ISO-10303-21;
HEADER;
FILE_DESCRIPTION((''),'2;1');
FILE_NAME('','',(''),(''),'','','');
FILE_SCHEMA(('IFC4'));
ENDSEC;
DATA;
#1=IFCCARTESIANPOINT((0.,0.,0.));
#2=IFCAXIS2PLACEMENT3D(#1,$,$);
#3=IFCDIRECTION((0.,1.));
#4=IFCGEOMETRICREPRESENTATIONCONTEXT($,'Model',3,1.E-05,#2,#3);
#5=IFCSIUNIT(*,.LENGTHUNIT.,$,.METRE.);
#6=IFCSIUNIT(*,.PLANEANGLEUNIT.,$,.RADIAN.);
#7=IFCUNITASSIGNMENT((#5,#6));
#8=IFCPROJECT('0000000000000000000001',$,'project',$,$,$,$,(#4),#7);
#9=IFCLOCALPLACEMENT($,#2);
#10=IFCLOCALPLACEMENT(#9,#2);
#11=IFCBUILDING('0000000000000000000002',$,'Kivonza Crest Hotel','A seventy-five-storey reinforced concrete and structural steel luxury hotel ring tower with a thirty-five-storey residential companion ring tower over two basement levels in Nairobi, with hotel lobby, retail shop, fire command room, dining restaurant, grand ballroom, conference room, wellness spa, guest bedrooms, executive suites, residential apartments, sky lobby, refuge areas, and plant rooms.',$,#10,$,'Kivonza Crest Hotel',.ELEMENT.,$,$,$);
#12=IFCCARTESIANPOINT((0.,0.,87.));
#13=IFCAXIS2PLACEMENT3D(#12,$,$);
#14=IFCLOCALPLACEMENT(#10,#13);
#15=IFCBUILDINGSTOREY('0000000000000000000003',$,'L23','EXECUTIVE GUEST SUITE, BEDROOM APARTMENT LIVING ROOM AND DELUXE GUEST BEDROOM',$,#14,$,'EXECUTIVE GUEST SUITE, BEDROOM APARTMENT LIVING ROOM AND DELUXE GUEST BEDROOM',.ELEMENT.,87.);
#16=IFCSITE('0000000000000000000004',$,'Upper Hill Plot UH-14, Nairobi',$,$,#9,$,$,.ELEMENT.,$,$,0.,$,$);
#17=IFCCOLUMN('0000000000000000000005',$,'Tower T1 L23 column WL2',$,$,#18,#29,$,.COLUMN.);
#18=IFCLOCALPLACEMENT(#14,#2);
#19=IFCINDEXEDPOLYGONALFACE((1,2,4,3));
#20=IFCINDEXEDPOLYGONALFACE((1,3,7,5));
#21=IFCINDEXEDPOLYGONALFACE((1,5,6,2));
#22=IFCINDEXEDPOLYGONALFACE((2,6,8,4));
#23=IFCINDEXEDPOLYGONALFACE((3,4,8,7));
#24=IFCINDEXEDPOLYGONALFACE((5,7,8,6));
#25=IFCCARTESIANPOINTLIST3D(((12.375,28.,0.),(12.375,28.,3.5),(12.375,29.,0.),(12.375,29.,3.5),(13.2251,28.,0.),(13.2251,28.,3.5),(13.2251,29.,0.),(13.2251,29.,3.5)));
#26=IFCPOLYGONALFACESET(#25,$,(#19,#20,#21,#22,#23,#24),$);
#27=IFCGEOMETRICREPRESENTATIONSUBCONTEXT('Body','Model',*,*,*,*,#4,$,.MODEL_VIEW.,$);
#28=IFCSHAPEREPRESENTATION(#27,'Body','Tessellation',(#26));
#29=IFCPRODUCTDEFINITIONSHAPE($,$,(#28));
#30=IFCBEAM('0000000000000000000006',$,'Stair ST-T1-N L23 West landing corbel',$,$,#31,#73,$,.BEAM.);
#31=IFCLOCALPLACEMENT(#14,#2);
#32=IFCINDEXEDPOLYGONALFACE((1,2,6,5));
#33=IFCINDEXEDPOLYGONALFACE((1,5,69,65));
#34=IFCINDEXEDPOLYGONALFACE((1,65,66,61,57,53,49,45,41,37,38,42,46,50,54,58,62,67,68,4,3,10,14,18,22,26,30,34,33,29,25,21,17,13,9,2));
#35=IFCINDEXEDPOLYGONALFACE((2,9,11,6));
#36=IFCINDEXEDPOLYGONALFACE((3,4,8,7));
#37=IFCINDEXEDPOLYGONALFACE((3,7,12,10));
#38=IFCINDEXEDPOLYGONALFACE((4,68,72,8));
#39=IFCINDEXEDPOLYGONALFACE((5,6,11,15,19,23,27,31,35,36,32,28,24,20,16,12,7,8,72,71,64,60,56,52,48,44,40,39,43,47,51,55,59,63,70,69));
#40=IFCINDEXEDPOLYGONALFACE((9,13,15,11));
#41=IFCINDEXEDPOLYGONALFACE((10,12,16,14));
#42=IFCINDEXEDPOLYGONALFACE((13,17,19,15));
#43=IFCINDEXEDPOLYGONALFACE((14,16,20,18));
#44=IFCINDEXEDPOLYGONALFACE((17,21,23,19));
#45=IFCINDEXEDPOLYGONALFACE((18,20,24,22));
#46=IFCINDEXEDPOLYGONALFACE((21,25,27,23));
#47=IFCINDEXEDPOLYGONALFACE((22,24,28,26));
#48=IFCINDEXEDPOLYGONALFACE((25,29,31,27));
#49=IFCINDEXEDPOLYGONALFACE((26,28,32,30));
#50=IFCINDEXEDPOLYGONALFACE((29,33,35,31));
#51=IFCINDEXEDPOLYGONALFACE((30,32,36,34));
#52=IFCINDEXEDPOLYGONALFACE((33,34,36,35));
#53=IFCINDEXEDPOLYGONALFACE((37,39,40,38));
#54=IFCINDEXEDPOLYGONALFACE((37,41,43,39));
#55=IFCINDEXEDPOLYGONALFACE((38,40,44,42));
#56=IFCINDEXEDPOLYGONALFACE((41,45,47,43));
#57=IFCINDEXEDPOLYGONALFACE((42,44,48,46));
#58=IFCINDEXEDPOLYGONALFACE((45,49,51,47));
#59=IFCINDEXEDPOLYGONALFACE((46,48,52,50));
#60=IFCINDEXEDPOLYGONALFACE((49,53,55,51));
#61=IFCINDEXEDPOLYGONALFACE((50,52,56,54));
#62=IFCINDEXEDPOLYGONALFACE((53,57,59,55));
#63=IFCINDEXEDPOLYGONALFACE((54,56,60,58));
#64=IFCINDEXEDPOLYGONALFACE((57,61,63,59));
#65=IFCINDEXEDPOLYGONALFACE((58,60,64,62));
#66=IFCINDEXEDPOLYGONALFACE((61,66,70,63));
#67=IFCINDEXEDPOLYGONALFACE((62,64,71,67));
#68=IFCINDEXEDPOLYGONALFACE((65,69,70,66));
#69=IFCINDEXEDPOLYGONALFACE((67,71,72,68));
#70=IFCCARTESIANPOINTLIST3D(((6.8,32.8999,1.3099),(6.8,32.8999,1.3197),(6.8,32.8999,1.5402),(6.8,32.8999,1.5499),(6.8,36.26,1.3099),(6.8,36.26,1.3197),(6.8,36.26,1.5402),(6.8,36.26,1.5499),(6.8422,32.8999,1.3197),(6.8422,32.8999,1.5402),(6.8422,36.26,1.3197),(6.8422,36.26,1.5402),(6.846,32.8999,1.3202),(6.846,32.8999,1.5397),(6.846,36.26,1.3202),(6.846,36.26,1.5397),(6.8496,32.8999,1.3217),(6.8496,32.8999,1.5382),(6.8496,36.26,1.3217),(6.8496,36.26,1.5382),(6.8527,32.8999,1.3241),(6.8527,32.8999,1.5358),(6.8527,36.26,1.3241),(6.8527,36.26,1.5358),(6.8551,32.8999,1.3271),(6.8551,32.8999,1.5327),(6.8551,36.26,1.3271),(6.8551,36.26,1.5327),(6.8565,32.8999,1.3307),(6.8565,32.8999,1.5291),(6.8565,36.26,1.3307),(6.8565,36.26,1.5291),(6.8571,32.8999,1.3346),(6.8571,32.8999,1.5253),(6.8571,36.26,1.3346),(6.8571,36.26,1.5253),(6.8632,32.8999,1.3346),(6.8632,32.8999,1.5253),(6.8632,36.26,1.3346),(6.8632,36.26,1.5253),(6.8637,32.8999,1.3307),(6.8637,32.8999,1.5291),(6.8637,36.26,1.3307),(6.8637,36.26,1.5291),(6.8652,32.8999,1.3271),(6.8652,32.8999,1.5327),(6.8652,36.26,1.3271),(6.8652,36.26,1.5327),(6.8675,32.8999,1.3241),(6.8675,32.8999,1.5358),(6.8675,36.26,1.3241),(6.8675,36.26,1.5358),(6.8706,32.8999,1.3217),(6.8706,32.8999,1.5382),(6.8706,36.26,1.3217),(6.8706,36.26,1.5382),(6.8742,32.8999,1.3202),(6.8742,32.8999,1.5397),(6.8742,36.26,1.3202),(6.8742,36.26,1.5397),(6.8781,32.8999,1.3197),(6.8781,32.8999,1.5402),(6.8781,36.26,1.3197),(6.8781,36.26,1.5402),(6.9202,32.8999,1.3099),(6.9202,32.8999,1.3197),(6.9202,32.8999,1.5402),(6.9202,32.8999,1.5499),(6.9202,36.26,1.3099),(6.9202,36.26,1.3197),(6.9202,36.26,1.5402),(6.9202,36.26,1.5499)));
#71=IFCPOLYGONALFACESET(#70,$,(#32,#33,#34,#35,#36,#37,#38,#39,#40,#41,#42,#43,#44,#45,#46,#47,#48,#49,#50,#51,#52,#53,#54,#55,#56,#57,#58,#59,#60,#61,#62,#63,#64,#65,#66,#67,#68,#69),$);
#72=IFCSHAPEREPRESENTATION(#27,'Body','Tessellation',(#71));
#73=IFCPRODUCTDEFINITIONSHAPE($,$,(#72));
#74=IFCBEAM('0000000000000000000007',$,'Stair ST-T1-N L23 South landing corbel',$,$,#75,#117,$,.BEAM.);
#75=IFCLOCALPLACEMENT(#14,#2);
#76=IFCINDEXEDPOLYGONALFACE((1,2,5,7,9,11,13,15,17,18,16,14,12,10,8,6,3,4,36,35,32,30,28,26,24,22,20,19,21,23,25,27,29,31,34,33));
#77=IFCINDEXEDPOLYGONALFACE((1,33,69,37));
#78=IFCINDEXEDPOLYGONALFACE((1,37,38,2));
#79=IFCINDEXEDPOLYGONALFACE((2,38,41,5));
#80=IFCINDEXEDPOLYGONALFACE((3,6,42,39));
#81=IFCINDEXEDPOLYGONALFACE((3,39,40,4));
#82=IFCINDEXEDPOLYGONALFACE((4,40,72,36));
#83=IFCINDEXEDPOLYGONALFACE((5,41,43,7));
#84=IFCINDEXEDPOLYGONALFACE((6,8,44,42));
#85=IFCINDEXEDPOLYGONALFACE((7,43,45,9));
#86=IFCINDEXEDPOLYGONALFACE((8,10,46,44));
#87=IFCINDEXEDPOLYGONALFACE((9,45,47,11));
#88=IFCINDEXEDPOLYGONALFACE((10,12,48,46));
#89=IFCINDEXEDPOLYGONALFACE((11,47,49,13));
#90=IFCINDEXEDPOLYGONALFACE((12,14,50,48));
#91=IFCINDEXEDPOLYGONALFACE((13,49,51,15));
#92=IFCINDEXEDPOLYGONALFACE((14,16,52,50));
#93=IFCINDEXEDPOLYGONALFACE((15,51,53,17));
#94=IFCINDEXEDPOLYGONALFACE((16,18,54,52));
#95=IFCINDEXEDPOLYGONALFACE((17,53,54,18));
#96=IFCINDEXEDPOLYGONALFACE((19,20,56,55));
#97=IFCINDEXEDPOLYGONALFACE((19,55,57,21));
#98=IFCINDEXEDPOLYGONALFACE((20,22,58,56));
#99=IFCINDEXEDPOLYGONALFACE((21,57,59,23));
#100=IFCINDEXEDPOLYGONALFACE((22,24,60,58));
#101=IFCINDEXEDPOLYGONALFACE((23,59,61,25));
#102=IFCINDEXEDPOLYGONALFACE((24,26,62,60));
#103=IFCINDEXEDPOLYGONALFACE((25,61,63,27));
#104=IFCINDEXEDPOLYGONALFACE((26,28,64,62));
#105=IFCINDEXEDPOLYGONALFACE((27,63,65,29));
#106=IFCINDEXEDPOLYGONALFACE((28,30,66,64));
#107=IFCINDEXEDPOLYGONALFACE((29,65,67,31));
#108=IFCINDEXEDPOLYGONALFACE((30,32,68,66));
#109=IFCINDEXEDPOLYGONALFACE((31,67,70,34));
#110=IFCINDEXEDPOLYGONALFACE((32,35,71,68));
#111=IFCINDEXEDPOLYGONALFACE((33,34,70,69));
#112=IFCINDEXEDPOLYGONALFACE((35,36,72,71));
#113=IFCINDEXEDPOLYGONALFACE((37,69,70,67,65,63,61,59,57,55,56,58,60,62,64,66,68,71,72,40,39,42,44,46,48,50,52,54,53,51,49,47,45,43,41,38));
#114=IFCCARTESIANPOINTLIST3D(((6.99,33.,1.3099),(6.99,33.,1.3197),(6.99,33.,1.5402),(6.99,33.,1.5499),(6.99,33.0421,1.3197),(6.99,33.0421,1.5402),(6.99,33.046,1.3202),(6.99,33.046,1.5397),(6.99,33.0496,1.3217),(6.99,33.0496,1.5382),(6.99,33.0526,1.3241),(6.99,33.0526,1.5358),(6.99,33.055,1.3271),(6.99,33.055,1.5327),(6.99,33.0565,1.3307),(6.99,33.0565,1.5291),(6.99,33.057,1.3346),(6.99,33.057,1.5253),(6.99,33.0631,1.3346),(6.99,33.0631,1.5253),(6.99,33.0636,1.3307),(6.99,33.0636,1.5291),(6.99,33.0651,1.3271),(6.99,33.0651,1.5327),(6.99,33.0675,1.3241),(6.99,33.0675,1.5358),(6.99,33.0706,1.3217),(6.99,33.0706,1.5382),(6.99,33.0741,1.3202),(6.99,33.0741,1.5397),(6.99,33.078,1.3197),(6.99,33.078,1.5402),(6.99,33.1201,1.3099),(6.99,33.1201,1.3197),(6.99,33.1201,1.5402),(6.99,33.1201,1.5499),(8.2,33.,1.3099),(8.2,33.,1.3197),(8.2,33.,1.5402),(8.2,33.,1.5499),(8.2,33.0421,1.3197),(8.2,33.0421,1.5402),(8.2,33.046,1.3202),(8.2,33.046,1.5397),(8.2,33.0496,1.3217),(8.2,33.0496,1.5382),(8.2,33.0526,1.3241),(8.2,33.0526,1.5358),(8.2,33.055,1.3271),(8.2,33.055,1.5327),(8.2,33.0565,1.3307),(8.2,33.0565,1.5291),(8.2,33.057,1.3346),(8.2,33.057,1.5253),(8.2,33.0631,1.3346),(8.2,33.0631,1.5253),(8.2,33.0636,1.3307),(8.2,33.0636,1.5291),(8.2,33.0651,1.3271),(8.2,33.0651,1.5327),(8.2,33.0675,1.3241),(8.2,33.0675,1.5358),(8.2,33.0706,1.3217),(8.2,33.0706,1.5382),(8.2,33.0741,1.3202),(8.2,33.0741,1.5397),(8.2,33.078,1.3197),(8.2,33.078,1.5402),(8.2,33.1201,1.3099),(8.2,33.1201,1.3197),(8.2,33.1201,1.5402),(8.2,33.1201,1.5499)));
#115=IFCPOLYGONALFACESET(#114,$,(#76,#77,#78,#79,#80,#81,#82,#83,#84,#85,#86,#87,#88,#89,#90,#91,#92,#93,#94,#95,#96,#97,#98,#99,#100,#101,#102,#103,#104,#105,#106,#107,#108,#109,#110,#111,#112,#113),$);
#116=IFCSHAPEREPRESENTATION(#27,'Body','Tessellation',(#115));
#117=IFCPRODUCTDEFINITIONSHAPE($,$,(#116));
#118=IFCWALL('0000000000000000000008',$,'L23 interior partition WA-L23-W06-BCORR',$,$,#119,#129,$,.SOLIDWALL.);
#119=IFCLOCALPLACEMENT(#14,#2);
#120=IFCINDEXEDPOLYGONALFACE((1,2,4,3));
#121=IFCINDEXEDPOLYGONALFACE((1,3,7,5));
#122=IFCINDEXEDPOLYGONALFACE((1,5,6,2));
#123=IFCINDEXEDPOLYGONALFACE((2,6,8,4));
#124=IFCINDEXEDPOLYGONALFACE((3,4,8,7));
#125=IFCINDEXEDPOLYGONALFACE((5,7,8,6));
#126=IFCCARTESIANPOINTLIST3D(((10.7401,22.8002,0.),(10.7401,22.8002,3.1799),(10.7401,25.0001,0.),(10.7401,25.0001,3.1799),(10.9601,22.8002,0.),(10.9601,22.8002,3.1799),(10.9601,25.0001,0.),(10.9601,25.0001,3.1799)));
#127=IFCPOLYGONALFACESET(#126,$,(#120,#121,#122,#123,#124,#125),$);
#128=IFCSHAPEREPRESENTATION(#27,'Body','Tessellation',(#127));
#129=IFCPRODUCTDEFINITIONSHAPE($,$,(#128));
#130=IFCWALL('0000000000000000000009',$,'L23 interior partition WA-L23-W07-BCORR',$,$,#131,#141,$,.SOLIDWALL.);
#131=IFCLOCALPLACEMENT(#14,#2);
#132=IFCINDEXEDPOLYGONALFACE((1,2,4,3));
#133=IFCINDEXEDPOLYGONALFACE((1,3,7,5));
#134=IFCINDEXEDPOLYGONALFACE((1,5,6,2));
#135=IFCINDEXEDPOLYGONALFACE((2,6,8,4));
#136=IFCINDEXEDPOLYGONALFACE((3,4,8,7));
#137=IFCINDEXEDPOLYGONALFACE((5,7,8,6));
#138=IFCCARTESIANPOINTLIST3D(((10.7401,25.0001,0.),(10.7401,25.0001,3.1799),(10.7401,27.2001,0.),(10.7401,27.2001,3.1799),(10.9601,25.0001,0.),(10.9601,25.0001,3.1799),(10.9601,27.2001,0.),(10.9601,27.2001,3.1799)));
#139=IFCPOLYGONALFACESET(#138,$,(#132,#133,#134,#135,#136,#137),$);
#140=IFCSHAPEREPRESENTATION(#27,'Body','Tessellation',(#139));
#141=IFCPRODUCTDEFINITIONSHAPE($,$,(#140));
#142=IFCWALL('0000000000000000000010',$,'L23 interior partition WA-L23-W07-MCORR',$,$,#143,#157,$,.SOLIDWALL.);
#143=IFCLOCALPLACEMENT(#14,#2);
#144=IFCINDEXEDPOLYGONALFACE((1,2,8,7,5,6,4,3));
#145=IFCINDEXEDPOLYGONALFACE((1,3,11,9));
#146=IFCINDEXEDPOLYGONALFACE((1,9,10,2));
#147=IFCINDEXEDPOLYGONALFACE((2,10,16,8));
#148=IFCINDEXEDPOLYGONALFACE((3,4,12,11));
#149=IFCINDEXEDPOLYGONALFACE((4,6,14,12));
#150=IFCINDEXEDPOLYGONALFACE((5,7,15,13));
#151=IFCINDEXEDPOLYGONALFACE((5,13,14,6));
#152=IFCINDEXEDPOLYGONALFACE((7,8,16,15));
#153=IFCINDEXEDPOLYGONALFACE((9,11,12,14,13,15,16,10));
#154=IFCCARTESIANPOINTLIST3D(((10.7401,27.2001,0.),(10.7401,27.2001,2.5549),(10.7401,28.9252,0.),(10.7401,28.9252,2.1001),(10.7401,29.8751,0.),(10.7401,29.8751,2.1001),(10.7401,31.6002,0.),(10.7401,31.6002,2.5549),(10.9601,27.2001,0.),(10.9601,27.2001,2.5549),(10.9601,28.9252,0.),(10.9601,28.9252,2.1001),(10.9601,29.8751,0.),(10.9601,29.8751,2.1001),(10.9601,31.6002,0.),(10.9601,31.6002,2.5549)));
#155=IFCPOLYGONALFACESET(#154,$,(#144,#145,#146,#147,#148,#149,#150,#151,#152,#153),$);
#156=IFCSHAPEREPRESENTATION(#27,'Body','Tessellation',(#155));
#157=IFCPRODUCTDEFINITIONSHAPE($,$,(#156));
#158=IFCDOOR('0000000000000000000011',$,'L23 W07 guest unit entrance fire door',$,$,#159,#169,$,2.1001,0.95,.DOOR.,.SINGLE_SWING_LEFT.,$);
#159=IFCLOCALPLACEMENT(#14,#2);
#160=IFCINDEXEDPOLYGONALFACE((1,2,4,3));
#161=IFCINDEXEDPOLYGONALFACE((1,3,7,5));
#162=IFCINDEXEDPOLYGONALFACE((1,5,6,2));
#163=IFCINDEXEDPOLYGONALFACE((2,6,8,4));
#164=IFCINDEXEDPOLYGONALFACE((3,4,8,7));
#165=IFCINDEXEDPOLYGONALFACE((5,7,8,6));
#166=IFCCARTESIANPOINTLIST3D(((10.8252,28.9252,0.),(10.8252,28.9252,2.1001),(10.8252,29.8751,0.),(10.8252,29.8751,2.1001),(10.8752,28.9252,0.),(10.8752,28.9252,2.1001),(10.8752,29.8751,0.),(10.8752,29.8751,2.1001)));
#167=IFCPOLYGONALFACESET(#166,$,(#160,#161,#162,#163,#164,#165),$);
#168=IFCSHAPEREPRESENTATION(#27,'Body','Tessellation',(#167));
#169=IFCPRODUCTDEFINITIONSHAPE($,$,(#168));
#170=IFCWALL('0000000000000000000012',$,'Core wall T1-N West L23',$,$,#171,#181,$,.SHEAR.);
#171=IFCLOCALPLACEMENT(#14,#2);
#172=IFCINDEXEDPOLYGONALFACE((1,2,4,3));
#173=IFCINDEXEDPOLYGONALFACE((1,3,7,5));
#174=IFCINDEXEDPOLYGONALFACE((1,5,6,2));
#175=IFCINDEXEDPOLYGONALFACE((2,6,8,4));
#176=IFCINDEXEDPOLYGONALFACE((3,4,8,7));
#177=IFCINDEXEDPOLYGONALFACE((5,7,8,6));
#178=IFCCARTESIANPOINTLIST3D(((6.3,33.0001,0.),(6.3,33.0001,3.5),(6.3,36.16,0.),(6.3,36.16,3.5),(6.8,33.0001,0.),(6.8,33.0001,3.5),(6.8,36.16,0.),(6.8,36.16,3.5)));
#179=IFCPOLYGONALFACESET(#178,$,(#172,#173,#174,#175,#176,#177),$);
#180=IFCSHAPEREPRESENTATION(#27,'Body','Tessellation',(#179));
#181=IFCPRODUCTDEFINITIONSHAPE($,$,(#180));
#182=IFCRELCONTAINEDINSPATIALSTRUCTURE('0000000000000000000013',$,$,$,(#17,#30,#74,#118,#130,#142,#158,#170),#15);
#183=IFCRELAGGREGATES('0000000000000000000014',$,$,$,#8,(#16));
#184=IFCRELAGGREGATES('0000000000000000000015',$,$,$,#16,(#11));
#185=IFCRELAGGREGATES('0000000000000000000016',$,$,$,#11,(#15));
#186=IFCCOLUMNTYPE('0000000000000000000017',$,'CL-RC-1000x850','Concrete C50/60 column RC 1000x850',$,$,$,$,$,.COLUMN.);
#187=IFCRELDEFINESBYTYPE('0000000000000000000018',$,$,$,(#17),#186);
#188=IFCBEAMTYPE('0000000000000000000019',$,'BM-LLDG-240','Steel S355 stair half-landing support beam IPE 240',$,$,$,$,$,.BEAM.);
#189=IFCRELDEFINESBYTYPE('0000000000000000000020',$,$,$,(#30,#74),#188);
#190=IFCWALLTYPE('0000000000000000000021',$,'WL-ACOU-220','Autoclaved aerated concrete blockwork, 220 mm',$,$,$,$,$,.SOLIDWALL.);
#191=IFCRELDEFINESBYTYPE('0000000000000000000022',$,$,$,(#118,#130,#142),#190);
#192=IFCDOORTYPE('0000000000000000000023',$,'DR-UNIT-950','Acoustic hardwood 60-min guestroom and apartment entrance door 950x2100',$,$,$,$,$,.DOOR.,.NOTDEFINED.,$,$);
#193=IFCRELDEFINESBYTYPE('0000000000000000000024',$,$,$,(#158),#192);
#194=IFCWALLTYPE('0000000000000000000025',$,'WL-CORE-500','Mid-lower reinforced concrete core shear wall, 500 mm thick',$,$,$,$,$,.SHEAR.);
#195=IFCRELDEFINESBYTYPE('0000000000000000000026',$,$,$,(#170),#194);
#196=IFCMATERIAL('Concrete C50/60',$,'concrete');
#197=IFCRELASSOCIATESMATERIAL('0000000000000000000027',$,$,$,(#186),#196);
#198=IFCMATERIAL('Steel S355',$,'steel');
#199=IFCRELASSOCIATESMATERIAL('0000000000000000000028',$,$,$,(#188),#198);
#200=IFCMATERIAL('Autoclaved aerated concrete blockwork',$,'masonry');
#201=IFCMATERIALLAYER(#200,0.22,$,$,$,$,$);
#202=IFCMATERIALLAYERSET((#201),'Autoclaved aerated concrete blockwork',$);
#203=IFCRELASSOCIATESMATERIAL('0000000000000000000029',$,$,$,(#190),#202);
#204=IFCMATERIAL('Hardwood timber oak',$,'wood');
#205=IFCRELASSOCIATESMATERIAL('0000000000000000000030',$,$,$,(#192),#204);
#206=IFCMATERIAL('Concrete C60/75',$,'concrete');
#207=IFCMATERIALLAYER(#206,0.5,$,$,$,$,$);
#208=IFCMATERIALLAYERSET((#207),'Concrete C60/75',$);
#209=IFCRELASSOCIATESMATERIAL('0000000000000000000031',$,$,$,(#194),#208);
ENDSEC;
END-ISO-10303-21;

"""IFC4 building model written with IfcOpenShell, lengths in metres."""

from ifc_helpers import new_model, si_unit, direction, frame, frame_2d, origin, origin_2d, place, context, subcontext, project, spatial, rectangle, i_section, extrude, material, layer, layer_set, material_profile, profile_set, type_object, element, fill, save


model = new_model("IFC4")

# Units and contexts
model_context = context("Model", 3, precision=1e-05, world=origin(), true_north=direction((0.0, 1.0)))
body_context = subcontext(model_context, "Body", "Model", "MODEL_VIEW")
ifc_project = project(units=[si_unit("LENGTHUNIT", "METRE"), si_unit("PLANEANGLEUNIT", "RADIAN")], contexts=[model_context])

# Site, building, storey
site_placement = place(None, origin())
site = spatial("IfcSite", under=ifc_project, at=site_placement, Name="Upper Hill Plot UH-14, Nairobi", CompositionType="ELEMENT", RefElevation=0.0)
building_placement = place(site_placement, origin())
building = spatial("IfcBuilding", under=site, at=building_placement, Name="Kivonza Crest Hotel", Description="A seventy-five-storey reinforced concrete and structural steel luxury hotel ring tower with a thirty-five-storey residential companion ring tower over two basement levels in Nairobi, with hotel lobby, retail shop, fire command room, dining restaurant, grand ballroom, conference room, wellness spa, guest bedrooms, executive suites, residential apartments, sky lobby, refuge areas, and plant rooms.", LongName="Kivonza Crest Hotel", CompositionType="ELEMENT")
storey_placement = place(building_placement, frame((0.0, 0.0, 87.0)))
storey = spatial("IfcBuildingStorey", under=building, at=storey_placement, Name="L23", Description="EXECUTIVE GUEST SUITE, BEDROOM APARTMENT LIVING ROOM AND DELUXE GUEST BEDROOM", LongName="EXECUTIVE GUEST SUITE, BEDROOM APARTMENT LIVING ROOM AND DELUXE GUEST BEDROOM", CompositionType="ELEMENT", Elevation=87.0)

# Column
ifc_material_1 = material(Name="Concrete C50/60", Category="concrete")
ifc_material_profile_1 = material_profile(ifc_material_1, rectangle(XDim=0.8501, YDim=1.0, at=origin_2d()), Name="RC 1000x850")
ifc_profile_set_1 = profile_set([ifc_material_profile_1], Name="Concrete C50/60")
column_type = type_object("IfcColumnType", Name="CL-RC-1000x850", Description="Concrete C50/60 column RC 1000x850", PredefinedType="COLUMN", material=ifc_profile_set_1)
column_placement = place(storey_placement, frame((12.8, 28.5, 0.0), z_axis=(0.0, 0.0, 1.0), x_axis=(1.0, 0.0, 0.0)))
element("IfcColumn", 1, at=column_placement, inside=storey, type_object=column_type, Name="Tower T1 L23 column WL2", PredefinedType="COLUMN", context=body_context, shape_type="SweptSolid", body=[
    extrude(rectangle(XDim=0.8501, YDim=1.0, at=origin_2d()), origin(), (0.0, 0.0, 1.0), 3.5),
])

# Beams
ifc_material_2 = material(Name="Steel S355", Category="steel")
ifc_material_profile_2 = material_profile(ifc_material_2, i_section(OverallWidth=0.1201, OverallDepth=0.24, WebThickness=0.0061, FlangeThickness=0.0098, FilletRadius=0.0149, at=origin_2d()), Name="IPE 240")
ifc_profile_set_2 = profile_set([ifc_material_profile_2], Name="Steel S355")
beam_type = type_object("IfcBeamType", Name="BM-LLDG-240", Description="Steel S355 stair half-landing support beam IPE 240", PredefinedType="BEAM", material=ifc_profile_set_2)
beam_1_placement = place(storey_placement, frame((6.8601, 32.8999, 1.4299), z_axis=(0.0, 1.0, 0.0), x_axis=(-1.0, 0.0, 0.0)))
element("IfcBeam", 2, at=beam_1_placement, inside=storey, type_object=beam_type, Name="Stair ST-T1-N L23 West landing corbel", PredefinedType="BEAM", context=body_context, shape_type="SweptSolid", body=[
    extrude(i_section(OverallWidth=0.1201, OverallDepth=0.24, WebThickness=0.0061, FlangeThickness=0.0098, FilletRadius=0.0149, at=origin_2d()), origin(), (0.0, 0.0, 1.0), 3.3601),
])
beam_2_placement = place(storey_placement, frame((6.99, 33.0601, 1.4299), z_axis=(1.0, 0.0, 0.0), x_axis=(0.0, 1.0, 0.0)))
element("IfcBeam", 3, at=beam_2_placement, inside=storey, type_object=beam_type, Name="Stair ST-T1-N L23 South landing corbel", PredefinedType="BEAM", context=body_context, shape_type="SweptSolid", body=[
    extrude(i_section(OverallWidth=0.1201, OverallDepth=0.24, WebThickness=0.0061, FlangeThickness=0.0098, FilletRadius=0.0149, at=origin_2d()), origin(), (0.0, 0.0, 1.0), 1.21),
])

# Walls
ifc_material_3 = material(Name="Autoclaved aerated concrete blockwork", Category="masonry")
ifc_layer_1 = layer(ifc_material_3, 0.22)
ifc_layer_set_1 = layer_set([ifc_layer_1], Name="Autoclaved aerated concrete blockwork")
wall_type_1 = type_object("IfcWallType", Name="WL-ACOU-220", Description="Autoclaved aerated concrete blockwork, 220 mm", PredefinedType="SOLIDWALL", material=ifc_layer_set_1)
for number, where, z_axis, x_axis, name in (
    (4, (10.8501, 22.8, 0.0), (0.0, 0.0, 1.0), (0.0, 1.0, 0.0), "L23 interior partition WA-L23-W06-BCORR"),
    (5, (10.8501, 25.0, 0.0), (0.0, 0.0, 1.0), (0.0, 1.0, 0.0), "L23 interior partition WA-L23-W07-BCORR"),
):
    element("IfcWall", number, at=place(storey_placement, frame(where, z_axis=z_axis, x_axis=x_axis)), inside=storey, type_object=wall_type_1, Name=name, PredefinedType="SOLIDWALL", context=body_context, shape_type="SweptSolid", body=[
        extrude(rectangle(XDim=2.2, YDim=0.22, at=frame_2d((1.1001, 0.0))), origin(), (0.0, 0.0, 1.0), 3.1799),
    ])

# Wall, opening, door
wall_1_placement = place(storey_placement, frame((10.8501, 27.2, 0.0), z_axis=(0.0, 0.0, 1.0), x_axis=(0.0, 1.0, 0.0)))
wall_1 = element("IfcWall", 6, at=wall_1_placement, inside=storey, type_object=wall_type_1, Name="L23 interior partition WA-L23-W07-MCORR", PredefinedType="SOLIDWALL", context=body_context, shape_type="SweptSolid", body=[
    extrude(rectangle(XDim=4.4001, YDim=0.22, at=frame_2d((2.2002, 0.0))), origin(), (0.0, 0.0, 1.0), 2.5549),
])
opening_1_placement = place(wall_1_placement, frame((1.7251, 0.0, 0.0)))
opening_1 = element("IfcOpeningElement", 7, at=opening_1_placement, cuts=wall_1, PredefinedType="OPENING", context=body_context, shape_type="SweptSolid", body=[
    extrude(rectangle(XDim=0.95, YDim=2.1001, at=frame_2d((0.4751, 1.05))), frame((0.0, 0.1201, 0.0), z_axis=(0.0, -1.0, 0.0), x_axis=(1.0, 0.0, 0.0)), (0.0, 0.0, 1.0), 0.24),
])
ifc_material_4 = material(Name="Hardwood timber oak", Category="wood")
door_type_1 = type_object("IfcDoorType", Name="DR-UNIT-950", Description="Acoustic hardwood 60-min guestroom and apartment entrance door 950x2100", OperationType="NOTDEFINED", PredefinedType="DOOR", material=ifc_material_4)
door_1_placement = place(opening_1_placement, origin())
door_1 = element("IfcDoor", 8, at=door_1_placement, inside=storey, type_object=door_type_1, Name="L23 W07 guest unit entrance fire door", OperationType="SINGLE_SWING_LEFT", OverallHeight=2.1001, OverallWidth=0.95, PredefinedType="DOOR", context=body_context, shape_type="SweptSolid", body=[
    extrude(rectangle(XDim=0.95, YDim=2.1001, at=frame_2d((0.4751, 1.05))), frame((0.0, 0.0249, 0.0), z_axis=(0.0, -1.0, 0.0), x_axis=(1.0, 0.0, 0.0)), (0.0, 0.0, 1.0), 0.05),
])
fill(opening_1, door_1)

# Wall
ifc_material_5 = material(Name="Concrete C60/75", Category="concrete")
ifc_layer_2 = layer(ifc_material_5, 0.5)
ifc_layer_set_2 = layer_set([ifc_layer_2], Name="Concrete C60/75")
wall_type_2 = type_object("IfcWallType", Name="WL-CORE-500", Description="Mid-lower reinforced concrete core shear wall, 500 mm thick", PredefinedType="SHEAR", material=ifc_layer_set_2)
wall_2_placement = place(storey_placement, frame((6.55, 33.0, 0.0), z_axis=(0.0, 0.0, 1.0), x_axis=(0.0, 1.0, 0.0)))
element("IfcWall", 9, at=wall_2_placement, inside=storey, type_object=wall_type_2, Name="Core wall T1-N West L23", PredefinedType="SHEAR", context=body_context, shape_type="SweptSolid", body=[
    extrude(rectangle(XDim=3.1599, YDim=0.5, at=frame_2d((1.5801, 0.0))), origin(), (0.0, 0.0, 1.0), 3.5),
])

save(model, "model.ifc")
